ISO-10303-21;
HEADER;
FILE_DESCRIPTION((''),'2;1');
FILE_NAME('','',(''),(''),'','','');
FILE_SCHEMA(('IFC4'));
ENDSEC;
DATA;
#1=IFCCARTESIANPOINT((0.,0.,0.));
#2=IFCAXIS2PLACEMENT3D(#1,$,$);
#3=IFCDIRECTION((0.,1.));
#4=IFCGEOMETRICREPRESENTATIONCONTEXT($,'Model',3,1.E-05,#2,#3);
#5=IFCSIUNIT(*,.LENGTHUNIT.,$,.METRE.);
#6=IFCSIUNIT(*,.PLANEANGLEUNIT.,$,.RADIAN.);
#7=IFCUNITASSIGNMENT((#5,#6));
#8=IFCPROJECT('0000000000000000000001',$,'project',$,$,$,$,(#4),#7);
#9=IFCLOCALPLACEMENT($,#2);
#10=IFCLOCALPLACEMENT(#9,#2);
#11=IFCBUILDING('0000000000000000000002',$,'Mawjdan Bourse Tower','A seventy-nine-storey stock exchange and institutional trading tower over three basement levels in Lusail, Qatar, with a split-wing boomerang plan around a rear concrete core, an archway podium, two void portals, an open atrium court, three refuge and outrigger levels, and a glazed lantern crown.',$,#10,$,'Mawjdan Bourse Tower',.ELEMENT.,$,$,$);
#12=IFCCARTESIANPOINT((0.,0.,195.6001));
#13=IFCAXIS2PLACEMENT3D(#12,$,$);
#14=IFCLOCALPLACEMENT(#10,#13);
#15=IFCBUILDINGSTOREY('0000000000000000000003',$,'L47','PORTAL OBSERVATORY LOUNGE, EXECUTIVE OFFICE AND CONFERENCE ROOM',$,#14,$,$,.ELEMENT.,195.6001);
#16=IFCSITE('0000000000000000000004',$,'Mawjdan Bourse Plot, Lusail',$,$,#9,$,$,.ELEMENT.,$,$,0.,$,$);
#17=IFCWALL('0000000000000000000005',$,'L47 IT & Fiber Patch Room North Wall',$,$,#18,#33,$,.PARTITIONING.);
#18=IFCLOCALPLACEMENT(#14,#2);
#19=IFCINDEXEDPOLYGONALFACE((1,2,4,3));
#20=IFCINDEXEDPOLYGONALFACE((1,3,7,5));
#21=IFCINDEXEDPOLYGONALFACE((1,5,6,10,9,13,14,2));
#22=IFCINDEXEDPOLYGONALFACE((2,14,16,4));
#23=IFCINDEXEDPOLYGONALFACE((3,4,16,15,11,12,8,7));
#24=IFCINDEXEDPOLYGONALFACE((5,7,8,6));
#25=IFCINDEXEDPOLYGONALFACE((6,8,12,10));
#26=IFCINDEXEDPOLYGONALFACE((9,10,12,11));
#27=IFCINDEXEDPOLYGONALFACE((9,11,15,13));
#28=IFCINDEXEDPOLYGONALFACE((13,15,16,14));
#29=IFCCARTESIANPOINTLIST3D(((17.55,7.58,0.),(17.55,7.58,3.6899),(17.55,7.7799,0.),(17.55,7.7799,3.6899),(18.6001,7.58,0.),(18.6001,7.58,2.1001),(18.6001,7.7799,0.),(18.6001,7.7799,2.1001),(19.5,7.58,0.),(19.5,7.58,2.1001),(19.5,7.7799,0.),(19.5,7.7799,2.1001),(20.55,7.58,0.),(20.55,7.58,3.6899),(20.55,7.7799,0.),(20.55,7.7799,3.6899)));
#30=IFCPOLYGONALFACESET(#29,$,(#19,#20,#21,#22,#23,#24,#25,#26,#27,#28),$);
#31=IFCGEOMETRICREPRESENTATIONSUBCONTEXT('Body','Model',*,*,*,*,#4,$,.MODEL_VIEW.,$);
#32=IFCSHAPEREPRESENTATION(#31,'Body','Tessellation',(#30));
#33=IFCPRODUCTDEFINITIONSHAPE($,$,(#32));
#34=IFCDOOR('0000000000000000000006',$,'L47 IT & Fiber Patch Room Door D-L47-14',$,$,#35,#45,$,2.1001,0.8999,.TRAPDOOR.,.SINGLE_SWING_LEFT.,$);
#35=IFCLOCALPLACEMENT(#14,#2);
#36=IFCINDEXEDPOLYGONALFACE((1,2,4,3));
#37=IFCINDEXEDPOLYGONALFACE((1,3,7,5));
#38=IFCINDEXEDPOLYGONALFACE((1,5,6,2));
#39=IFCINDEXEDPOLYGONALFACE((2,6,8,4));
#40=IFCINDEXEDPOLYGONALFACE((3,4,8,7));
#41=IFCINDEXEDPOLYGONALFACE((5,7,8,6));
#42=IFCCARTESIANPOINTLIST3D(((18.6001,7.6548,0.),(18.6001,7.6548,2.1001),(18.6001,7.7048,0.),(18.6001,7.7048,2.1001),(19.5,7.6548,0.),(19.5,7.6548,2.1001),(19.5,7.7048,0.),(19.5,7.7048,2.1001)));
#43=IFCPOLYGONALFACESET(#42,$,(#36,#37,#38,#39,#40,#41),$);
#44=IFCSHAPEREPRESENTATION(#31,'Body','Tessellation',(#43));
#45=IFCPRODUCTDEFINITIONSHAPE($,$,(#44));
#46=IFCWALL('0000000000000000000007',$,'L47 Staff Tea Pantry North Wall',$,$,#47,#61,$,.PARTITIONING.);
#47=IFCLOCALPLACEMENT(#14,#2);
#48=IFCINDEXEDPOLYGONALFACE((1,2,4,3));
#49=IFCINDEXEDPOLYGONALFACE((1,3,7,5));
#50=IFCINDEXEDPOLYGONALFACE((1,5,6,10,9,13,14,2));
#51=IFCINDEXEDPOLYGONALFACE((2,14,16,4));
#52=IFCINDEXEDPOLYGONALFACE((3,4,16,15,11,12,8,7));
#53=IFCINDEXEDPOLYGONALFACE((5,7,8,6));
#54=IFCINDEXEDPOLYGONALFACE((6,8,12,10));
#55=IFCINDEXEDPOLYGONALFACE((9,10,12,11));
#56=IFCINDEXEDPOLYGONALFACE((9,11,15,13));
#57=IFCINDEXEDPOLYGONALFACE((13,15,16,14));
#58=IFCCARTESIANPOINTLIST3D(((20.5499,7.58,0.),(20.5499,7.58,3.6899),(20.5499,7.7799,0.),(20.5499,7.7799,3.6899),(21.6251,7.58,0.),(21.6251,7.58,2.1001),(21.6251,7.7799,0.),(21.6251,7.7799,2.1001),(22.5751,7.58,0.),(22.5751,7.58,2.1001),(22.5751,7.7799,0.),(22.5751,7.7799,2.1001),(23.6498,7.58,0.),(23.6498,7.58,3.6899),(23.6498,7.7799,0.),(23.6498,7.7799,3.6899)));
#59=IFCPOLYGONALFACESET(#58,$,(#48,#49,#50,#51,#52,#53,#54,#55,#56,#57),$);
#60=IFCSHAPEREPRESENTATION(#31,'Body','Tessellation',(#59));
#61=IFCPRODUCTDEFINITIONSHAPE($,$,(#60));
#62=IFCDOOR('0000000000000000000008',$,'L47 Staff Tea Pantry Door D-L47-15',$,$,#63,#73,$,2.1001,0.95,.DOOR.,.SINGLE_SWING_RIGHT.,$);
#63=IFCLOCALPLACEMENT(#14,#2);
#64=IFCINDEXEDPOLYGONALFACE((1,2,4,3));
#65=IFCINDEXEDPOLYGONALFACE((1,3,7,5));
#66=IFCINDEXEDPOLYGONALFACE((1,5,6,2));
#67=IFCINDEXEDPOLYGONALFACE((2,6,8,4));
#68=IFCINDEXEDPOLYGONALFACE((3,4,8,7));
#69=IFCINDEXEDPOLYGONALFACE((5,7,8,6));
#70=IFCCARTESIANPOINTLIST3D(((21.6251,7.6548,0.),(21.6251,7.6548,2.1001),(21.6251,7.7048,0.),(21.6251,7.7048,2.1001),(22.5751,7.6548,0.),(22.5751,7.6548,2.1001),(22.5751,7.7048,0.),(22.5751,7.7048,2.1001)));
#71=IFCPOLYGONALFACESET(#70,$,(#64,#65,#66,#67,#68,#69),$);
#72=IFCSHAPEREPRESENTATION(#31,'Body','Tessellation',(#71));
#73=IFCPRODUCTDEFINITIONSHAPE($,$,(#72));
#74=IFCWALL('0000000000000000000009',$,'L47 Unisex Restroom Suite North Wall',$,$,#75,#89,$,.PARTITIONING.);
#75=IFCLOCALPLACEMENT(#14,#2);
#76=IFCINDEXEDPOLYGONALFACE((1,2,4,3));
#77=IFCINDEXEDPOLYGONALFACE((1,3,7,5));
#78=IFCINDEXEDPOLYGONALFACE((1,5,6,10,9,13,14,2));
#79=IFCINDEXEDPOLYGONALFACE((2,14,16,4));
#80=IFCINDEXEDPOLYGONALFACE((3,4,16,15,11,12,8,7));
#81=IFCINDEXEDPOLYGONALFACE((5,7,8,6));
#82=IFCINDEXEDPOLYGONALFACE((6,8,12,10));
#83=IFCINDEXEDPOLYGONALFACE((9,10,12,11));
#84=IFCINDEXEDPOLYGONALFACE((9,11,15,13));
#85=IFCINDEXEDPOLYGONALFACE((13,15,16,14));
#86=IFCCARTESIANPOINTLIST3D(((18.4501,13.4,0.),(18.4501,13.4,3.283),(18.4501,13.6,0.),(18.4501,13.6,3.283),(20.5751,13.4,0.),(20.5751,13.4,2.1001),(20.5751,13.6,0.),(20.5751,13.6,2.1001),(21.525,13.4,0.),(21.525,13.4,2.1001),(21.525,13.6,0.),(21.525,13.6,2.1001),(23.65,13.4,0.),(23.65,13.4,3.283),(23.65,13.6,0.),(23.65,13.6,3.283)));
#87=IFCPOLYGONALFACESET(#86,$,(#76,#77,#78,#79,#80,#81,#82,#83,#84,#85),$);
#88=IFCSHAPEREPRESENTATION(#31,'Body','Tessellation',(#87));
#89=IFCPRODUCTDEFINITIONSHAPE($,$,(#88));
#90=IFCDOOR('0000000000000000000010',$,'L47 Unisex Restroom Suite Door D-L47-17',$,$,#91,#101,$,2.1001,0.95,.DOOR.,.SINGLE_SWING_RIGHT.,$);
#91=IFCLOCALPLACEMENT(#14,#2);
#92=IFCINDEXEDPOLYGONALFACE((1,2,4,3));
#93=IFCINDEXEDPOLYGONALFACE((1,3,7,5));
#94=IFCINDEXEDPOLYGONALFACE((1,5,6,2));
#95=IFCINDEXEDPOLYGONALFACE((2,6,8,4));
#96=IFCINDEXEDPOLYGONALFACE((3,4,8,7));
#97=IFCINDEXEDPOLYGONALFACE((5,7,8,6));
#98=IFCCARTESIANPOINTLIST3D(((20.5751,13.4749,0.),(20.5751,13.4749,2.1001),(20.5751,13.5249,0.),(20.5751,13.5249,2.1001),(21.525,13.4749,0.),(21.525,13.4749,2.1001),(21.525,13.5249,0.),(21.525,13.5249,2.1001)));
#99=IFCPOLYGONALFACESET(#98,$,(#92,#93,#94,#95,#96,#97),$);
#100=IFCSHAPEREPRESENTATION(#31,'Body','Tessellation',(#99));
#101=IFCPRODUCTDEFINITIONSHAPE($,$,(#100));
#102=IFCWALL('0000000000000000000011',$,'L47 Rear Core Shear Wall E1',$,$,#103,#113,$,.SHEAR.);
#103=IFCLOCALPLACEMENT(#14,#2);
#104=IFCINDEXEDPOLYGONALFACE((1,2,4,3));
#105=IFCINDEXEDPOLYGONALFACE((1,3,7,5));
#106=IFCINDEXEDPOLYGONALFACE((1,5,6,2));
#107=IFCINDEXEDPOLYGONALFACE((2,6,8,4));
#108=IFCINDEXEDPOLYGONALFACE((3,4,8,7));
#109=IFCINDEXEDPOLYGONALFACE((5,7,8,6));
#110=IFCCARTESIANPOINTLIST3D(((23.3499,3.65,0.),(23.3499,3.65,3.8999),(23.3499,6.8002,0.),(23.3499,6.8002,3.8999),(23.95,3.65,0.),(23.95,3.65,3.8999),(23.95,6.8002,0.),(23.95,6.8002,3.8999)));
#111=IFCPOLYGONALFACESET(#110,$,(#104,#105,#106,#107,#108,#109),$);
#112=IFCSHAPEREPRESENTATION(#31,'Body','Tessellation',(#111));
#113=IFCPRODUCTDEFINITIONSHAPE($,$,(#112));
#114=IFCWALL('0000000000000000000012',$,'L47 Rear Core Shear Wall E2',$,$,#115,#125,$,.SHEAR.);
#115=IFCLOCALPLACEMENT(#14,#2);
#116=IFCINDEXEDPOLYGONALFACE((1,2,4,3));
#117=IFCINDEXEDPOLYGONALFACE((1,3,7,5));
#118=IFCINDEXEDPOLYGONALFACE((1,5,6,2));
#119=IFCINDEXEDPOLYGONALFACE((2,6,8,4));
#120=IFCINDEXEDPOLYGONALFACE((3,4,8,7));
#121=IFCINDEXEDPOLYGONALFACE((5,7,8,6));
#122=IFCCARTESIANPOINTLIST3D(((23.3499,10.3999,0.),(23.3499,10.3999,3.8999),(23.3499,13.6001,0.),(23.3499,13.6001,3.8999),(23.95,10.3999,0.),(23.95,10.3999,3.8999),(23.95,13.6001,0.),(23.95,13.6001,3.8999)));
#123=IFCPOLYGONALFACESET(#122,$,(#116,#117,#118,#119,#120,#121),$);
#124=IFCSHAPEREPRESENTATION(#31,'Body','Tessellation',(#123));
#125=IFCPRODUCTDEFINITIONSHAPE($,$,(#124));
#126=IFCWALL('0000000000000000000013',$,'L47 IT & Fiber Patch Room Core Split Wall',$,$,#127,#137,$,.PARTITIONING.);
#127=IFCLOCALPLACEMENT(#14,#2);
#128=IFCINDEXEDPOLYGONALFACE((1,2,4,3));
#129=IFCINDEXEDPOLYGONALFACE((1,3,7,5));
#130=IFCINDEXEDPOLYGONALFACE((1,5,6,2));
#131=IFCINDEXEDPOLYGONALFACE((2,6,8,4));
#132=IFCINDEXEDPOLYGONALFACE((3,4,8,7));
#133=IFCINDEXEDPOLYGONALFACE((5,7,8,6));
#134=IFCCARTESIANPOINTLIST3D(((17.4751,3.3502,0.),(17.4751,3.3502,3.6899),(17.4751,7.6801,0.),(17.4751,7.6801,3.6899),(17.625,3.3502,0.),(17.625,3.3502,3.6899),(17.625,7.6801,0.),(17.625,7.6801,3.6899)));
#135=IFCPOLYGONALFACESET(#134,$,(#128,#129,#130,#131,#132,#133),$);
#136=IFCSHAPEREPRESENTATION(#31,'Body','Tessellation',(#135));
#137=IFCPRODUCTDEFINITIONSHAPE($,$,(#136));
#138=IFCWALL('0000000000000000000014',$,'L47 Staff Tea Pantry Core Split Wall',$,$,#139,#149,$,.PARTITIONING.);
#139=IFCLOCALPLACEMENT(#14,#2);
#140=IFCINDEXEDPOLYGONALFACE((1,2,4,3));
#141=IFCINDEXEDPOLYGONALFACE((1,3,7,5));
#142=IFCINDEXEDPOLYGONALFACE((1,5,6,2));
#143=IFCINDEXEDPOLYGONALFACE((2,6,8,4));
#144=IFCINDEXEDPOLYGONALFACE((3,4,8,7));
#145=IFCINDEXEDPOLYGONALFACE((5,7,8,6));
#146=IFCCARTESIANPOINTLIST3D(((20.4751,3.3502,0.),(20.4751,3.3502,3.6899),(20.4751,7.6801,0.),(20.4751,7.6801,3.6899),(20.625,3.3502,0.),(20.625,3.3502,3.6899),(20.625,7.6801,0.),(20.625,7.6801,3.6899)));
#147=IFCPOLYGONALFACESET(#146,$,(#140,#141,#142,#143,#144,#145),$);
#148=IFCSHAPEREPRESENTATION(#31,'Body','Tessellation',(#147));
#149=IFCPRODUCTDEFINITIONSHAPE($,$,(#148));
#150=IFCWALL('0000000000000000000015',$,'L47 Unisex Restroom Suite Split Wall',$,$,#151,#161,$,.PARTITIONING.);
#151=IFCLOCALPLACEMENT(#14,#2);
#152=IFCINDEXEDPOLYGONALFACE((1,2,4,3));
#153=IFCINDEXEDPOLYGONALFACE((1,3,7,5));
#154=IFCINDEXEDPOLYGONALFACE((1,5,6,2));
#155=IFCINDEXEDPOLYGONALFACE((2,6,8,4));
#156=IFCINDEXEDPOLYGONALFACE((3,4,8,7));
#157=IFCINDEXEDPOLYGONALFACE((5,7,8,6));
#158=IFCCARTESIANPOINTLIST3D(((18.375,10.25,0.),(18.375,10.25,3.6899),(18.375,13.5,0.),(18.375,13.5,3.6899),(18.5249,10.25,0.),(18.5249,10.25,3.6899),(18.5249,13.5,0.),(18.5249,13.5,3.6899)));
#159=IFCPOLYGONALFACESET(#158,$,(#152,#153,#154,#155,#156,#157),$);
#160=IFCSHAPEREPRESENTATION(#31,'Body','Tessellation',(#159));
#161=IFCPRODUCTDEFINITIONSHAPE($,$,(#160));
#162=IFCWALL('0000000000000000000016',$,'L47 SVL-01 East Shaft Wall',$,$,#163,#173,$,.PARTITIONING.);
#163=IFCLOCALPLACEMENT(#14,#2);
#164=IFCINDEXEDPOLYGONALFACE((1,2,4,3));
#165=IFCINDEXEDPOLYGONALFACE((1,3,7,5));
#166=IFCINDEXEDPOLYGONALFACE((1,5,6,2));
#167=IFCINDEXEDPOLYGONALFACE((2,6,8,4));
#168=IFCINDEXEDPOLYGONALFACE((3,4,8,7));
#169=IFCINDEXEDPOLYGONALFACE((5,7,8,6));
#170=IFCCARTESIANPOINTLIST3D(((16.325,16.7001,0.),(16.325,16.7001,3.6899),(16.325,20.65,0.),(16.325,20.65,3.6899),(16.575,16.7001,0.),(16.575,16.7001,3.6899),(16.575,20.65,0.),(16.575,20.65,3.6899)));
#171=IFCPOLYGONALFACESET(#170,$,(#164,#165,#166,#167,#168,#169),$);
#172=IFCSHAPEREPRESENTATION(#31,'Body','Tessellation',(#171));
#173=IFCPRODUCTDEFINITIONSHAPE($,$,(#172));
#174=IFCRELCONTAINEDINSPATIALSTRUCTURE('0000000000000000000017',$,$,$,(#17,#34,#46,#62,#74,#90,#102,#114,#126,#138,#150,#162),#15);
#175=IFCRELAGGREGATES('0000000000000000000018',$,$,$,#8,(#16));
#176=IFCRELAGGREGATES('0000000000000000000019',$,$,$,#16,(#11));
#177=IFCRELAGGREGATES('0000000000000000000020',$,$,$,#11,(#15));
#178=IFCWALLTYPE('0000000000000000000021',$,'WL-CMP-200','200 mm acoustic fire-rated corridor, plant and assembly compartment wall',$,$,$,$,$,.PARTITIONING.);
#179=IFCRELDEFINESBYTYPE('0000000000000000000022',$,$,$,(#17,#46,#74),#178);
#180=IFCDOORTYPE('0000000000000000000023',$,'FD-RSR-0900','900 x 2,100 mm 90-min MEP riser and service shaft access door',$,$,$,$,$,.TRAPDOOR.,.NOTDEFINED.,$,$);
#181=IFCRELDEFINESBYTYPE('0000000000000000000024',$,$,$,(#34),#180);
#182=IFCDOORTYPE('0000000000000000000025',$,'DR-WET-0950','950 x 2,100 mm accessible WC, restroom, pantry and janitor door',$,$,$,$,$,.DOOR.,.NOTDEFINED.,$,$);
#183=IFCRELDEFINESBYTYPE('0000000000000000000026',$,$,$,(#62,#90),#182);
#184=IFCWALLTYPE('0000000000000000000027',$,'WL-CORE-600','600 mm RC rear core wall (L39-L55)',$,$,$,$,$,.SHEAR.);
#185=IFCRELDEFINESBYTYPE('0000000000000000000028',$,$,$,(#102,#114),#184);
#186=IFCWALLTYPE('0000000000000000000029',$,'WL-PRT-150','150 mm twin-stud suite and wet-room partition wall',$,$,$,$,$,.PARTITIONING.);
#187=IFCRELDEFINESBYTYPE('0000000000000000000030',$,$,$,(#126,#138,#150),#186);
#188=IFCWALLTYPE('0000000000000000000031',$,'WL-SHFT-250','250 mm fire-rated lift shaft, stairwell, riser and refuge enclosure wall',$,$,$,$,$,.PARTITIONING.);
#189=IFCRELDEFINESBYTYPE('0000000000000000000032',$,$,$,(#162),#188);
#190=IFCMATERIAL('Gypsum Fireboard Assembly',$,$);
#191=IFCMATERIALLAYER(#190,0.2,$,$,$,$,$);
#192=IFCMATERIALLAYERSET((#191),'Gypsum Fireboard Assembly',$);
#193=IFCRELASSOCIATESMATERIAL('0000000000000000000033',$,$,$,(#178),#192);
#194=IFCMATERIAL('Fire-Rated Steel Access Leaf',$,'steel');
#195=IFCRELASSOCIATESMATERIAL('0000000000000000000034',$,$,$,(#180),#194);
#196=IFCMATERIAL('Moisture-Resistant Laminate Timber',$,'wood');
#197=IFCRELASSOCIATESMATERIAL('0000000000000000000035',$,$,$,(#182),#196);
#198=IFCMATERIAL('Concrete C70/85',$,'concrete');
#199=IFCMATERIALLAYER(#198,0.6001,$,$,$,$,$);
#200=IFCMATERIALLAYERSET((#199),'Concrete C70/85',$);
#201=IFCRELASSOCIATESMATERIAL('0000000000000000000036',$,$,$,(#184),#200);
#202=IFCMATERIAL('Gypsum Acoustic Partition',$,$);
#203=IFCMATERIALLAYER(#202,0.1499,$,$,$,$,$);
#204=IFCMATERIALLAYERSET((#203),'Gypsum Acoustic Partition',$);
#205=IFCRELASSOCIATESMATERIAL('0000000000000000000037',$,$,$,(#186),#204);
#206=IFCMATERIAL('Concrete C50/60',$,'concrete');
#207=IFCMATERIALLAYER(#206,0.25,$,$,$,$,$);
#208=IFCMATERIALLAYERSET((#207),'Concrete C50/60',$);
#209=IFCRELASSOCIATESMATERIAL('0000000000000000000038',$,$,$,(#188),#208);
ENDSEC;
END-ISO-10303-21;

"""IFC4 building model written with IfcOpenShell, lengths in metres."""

from ifc_helpers import new_model, si_unit, direction, frame, frame_2d, origin, place, context, subcontext, project, spatial, rectangle, extrude, material, layer, layer_set, type_object, element, fill, save


model = new_model("IFC4")

# Units and contexts
model_context = context("Model", 3, precision=1e-05, world=origin(), true_north=direction((0.0, 1.0)))
body_context = subcontext(model_context, "Body", "Model", "MODEL_VIEW")
ifc_project = project(units=[si_unit("LENGTHUNIT", "METRE"), si_unit("PLANEANGLEUNIT", "RADIAN")], contexts=[model_context])

# Site, building, storey
site_placement = place(None, origin())
site = spatial("IfcSite", under=ifc_project, at=site_placement, Name="Mawjdan Bourse Plot, Lusail", CompositionType="ELEMENT", RefElevation=0.0)
building_placement = place(site_placement, origin())
building = spatial("IfcBuilding", under=site, at=building_placement, Name="Mawjdan Bourse Tower", Description="A seventy-nine-storey stock exchange and institutional trading tower over three basement levels in Lusail, Qatar, with a split-wing boomerang plan around a rear concrete core, an archway podium, two void portals, an open atrium court, three refuge and outrigger levels, and a glazed lantern crown.", LongName="Mawjdan Bourse Tower", CompositionType="ELEMENT")
storey_placement = place(building_placement, frame((0.0, 0.0, 195.6001)))
storey = spatial("IfcBuildingStorey", under=building, at=storey_placement, Name="L47", Description="PORTAL OBSERVATORY LOUNGE, EXECUTIVE OFFICE AND CONFERENCE ROOM", CompositionType="ELEMENT", Elevation=195.6001)

# Shared definitions
ifc_material_1 = material(Name="Concrete C70/85", Category="concrete")

# Walls, openings, doors
ifc_material_2 = material(Name="Gypsum Fireboard Assembly")
ifc_layer_1 = layer(ifc_material_2, 0.2)
ifc_layer_set_1 = layer_set([ifc_layer_1], Name="Gypsum Fireboard Assembly")
wall_type_1 = type_object("IfcWallType", Name="WL-CMP-200", Description="200 mm acoustic fire-rated corridor, plant and assembly compartment wall", PredefinedType="PARTITIONING", material=ifc_layer_set_1)
wall_1_placement = place(storey_placement, frame((17.55, 7.6799, 0.0), z_axis=(0.0, 0.0, 1.0), x_axis=(1.0, 0.0, 0.0)))
wall_1 = element("IfcWall", 1, at=wall_1_placement, inside=storey, type_object=wall_type_1, Name="L47 IT & Fiber Patch Room North Wall", PredefinedType="PARTITIONING", context=body_context, shape_type="SweptSolid", body=[
    extrude(rectangle(XDim=3.0, YDim=0.2, at=frame_2d((1.5, 0.0))), origin(), (0.0, 0.0, 1.0), 3.6899),
])
opening_1_placement = place(wall_1_placement, frame((1.05, 0.0, 0.0)))
opening_1 = element("IfcOpeningElement", 2, at=opening_1_placement, cuts=wall_1, PredefinedType="OPENING", context=body_context, shape_type="SweptSolid", body=[
    extrude(rectangle(XDim=0.8999, YDim=2.1001, at=frame_2d((0.45, 1.05))), frame((0.0, 0.1099, 0.0), z_axis=(0.0, -1.0, 0.0), x_axis=(1.0, 0.0, 0.0)), (0.0, 0.0, 1.0), 0.22),
])
ifc_material_3 = material(Name="Fire-Rated Steel Access Leaf", Category="steel")
door_type_1 = type_object("IfcDoorType", Name="FD-RSR-0900", Description="900 x 2,100 mm 90-min MEP riser and service shaft access door", OperationType="NOTDEFINED", PredefinedType="TRAPDOOR", material=ifc_material_3)
door_1_placement = place(opening_1_placement, origin())
door_1 = element("IfcDoor", 3, at=door_1_placement, inside=storey, type_object=door_type_1, Name="L47 IT & Fiber Patch Room Door D-L47-14", OperationType="SINGLE_SWING_LEFT", OverallHeight=2.1001, OverallWidth=0.8999, PredefinedType="TRAPDOOR", context=body_context, shape_type="SweptSolid", body=[
    extrude(rectangle(XDim=0.8999, YDim=2.1001, at=frame_2d((0.45, 1.05))), frame((0.0, 0.0249, 0.0), z_axis=(0.0, -1.0, 0.0), x_axis=(1.0, 0.0, 0.0)), (0.0, 0.0, 1.0), 0.05),
])
fill(opening_1, door_1)
wall_2_placement = place(storey_placement, frame((20.55, 7.6799, 0.0), z_axis=(0.0, 0.0, 1.0), x_axis=(1.0, 0.0, 0.0)))
wall_2 = element("IfcWall", 4, at=wall_2_placement, inside=storey, type_object=wall_type_1, Name="L47 Staff Tea Pantry North Wall", PredefinedType="PARTITIONING", context=body_context, shape_type="SweptSolid", body=[
    extrude(rectangle(XDim=3.0999, YDim=0.2, at=frame_2d((1.5498, 0.0))), origin(), (0.0, 0.0, 1.0), 3.6899),
])
opening_2_placement = place(wall_2_placement, frame((1.075, 0.0, 0.0)))
opening_2 = element("IfcOpeningElement", 5, at=opening_2_placement, cuts=wall_2, PredefinedType="OPENING", context=body_context, shape_type="SweptSolid", body=[
    extrude(rectangle(XDim=0.95, YDim=2.1001, at=frame_2d((0.4751, 1.05))), frame((0.0, 0.1099, 0.0), z_axis=(0.0, -1.0, 0.0), x_axis=(1.0, 0.0, 0.0)), (0.0, 0.0, 1.0), 0.22),
])
ifc_material_4 = material(Name="Moisture-Resistant Laminate Timber", Category="wood")
door_type_2 = type_object("IfcDoorType", Name="DR-WET-0950", Description="950 x 2,100 mm accessible WC, restroom, pantry and janitor door", OperationType="NOTDEFINED", PredefinedType="DOOR", material=ifc_material_4)
door_2_placement = place(opening_2_placement, origin())
door_2 = element("IfcDoor", 6, at=door_2_placement, inside=storey, type_object=door_type_2, Name="L47 Staff Tea Pantry Door D-L47-15", OperationType="SINGLE_SWING_RIGHT", OverallHeight=2.1001, OverallWidth=0.95, PredefinedType="DOOR", context=body_context, shape_type="SweptSolid", body=[
    extrude(rectangle(XDim=0.95, YDim=2.1001, at=frame_2d((0.4751, 1.05))), frame((0.0, 0.0249, 0.0), z_axis=(0.0, -1.0, 0.0), x_axis=(1.0, 0.0, 0.0)), (0.0, 0.0, 1.0), 0.05),
])
fill(opening_2, door_2)
wall_3_placement = place(storey_placement, frame((18.45, 13.5, 0.0), z_axis=(0.0, 0.0, 1.0), x_axis=(1.0, 0.0, 0.0)))
wall_3 = element("IfcWall", 7, at=wall_3_placement, inside=storey, type_object=wall_type_1, Name="L47 Unisex Restroom Suite North Wall", PredefinedType="PARTITIONING", context=body_context, shape_type="SweptSolid", body=[
    extrude(rectangle(XDim=5.2, YDim=0.2, at=frame_2d((2.6001, 0.0))), origin(), (0.0, 0.0, 1.0), 3.283),
])
opening_3_placement = place(wall_3_placement, frame((2.125, 0.0, 0.0)))
opening_3 = element("IfcOpeningElement", 8, at=opening_3_placement, cuts=wall_3, PredefinedType="OPENING", context=body_context, shape_type="SweptSolid", body=[
    extrude(rectangle(XDim=0.95, YDim=2.1001, at=frame_2d((0.4751, 1.05))), frame((0.0, 0.1099, 0.0), z_axis=(0.0, -1.0, 0.0), x_axis=(1.0, 0.0, 0.0)), (0.0, 0.0, 1.0), 0.22),
])
door_3_placement = place(opening_3_placement, origin())
door_3 = element("IfcDoor", 9, at=door_3_placement, inside=storey, type_object=door_type_2, Name="L47 Unisex Restroom Suite Door D-L47-17", OperationType="SINGLE_SWING_RIGHT", OverallHeight=2.1001, OverallWidth=0.95, PredefinedType="DOOR", context=body_context, shape_type="SweptSolid", body=[
    extrude(rectangle(XDim=0.95, YDim=2.1001, at=frame_2d((0.4751, 1.05))), frame((0.0, 0.0249, 0.0), z_axis=(0.0, -1.0, 0.0), x_axis=(1.0, 0.0, 0.0)), (0.0, 0.0, 1.0), 0.05),
])
fill(opening_3, door_3)

# Walls
ifc_layer_2 = layer(ifc_material_1, 0.6001)
ifc_layer_set_2 = layer_set([ifc_layer_2], Name="Concrete C70/85")
wall_type_2 = type_object("IfcWallType", Name="WL-CORE-600", Description="600 mm RC rear core wall (L39-L55)", PredefinedType="SHEAR", material=ifc_layer_set_2)
wall_4_placement = place(storey_placement, frame((23.6499, 3.6499, 0.0), z_axis=(0.0, 0.0, 1.0), x_axis=(0.0, 1.0, 0.0)))
element("IfcWall", 10, at=wall_4_placement, inside=storey, type_object=wall_type_2, Name="L47 Rear Core Shear Wall E1", PredefinedType="SHEAR", context=body_context, shape_type="SweptSolid", body=[
    extrude(rectangle(XDim=3.1501, YDim=0.6001, at=frame_2d((1.5752, 0.0))), origin(), (0.0, 0.0, 1.0), 3.8999),
])
wall_5_placement = place(storey_placement, frame((23.6499, 10.3999, 0.0), z_axis=(0.0, 0.0, 1.0), x_axis=(0.0, 1.0, 0.0)))
element("IfcWall", 11, at=wall_5_placement, inside=storey, type_object=wall_type_2, Name="L47 Rear Core Shear Wall E2", PredefinedType="SHEAR", context=body_context, shape_type="SweptSolid", body=[
    extrude(rectangle(XDim=3.2002, YDim=0.6001, at=frame_2d((1.6001, 0.0))), origin(), (0.0, 0.0, 1.0), 3.8999),
])
ifc_material_5 = material(Name="Gypsum Acoustic Partition")
ifc_layer_3 = layer(ifc_material_5, 0.1499)
ifc_layer_set_3 = layer_set([ifc_layer_3], Name="Gypsum Acoustic Partition")
wall_type_3 = type_object("IfcWallType", Name="WL-PRT-150", Description="150 mm twin-stud suite and wet-room partition wall", PredefinedType="PARTITIONING", material=ifc_layer_set_3)
for number, where, z_axis, x_axis, name in (
    (12, (17.55, 3.3501, 0.0), (0.0, 0.0, 1.0), (0.0, 1.0, 0.0), "L47 IT & Fiber Patch Room Core Split Wall"),
    (13, (20.55, 3.3501, 0.0), (0.0, 0.0, 1.0), (0.0, 1.0, 0.0), "L47 Staff Tea Pantry Core Split Wall"),
):
    element("IfcWall", number, at=place(storey_placement, frame(where, z_axis=z_axis, x_axis=x_axis)), inside=storey, type_object=wall_type_3, Name=name, PredefinedType="PARTITIONING", context=body_context, shape_type="SweptSolid", body=[
        extrude(rectangle(XDim=4.3298, YDim=0.1499, at=frame_2d((2.165, 0.0))), origin(), (0.0, 0.0, 1.0), 3.6899),
    ])
wall_6_placement = place(storey_placement, frame((18.45, 10.25, 0.0), z_axis=(0.0, 0.0, 1.0), x_axis=(0.0, 1.0, 0.0)))
element("IfcWall", 14, at=wall_6_placement, inside=storey, type_object=wall_type_3, Name="L47 Unisex Restroom Suite Split Wall", PredefinedType="PARTITIONING", context=body_context, shape_type="SweptSolid", body=[
    extrude(rectangle(XDim=3.25, YDim=0.1499, at=frame_2d((1.625, 0.0))), origin(), (0.0, 0.0, 1.0), 3.6899),
])
ifc_material_6 = material(Name="Concrete C50/60", Category="concrete")
ifc_layer_4 = layer(ifc_material_6, 0.25)
ifc_layer_set_4 = layer_set([ifc_layer_4], Name="Concrete C50/60")
wall_type_4 = type_object("IfcWallType", Name="WL-SHFT-250", Description="250 mm fire-rated lift shaft, stairwell, riser and refuge enclosure wall", PredefinedType="PARTITIONING", material=ifc_layer_set_4)
wall_7_placement = place(storey_placement, frame((16.45, 16.7, 0.0), z_axis=(0.0, 0.0, 1.0), x_axis=(0.0, 1.0, 0.0)))
element("IfcWall", 15, at=wall_7_placement, inside=storey, type_object=wall_type_4, Name="L47 SVL-01 East Shaft Wall", PredefinedType="PARTITIONING", context=body_context, shape_type="SweptSolid", body=[
    extrude(rectangle(XDim=3.95, YDim=0.25, at=frame_2d((1.9751, 0.0))), origin(), (0.0, 0.0, 1.0), 3.6899),
])

save(model, "model.ifc")
